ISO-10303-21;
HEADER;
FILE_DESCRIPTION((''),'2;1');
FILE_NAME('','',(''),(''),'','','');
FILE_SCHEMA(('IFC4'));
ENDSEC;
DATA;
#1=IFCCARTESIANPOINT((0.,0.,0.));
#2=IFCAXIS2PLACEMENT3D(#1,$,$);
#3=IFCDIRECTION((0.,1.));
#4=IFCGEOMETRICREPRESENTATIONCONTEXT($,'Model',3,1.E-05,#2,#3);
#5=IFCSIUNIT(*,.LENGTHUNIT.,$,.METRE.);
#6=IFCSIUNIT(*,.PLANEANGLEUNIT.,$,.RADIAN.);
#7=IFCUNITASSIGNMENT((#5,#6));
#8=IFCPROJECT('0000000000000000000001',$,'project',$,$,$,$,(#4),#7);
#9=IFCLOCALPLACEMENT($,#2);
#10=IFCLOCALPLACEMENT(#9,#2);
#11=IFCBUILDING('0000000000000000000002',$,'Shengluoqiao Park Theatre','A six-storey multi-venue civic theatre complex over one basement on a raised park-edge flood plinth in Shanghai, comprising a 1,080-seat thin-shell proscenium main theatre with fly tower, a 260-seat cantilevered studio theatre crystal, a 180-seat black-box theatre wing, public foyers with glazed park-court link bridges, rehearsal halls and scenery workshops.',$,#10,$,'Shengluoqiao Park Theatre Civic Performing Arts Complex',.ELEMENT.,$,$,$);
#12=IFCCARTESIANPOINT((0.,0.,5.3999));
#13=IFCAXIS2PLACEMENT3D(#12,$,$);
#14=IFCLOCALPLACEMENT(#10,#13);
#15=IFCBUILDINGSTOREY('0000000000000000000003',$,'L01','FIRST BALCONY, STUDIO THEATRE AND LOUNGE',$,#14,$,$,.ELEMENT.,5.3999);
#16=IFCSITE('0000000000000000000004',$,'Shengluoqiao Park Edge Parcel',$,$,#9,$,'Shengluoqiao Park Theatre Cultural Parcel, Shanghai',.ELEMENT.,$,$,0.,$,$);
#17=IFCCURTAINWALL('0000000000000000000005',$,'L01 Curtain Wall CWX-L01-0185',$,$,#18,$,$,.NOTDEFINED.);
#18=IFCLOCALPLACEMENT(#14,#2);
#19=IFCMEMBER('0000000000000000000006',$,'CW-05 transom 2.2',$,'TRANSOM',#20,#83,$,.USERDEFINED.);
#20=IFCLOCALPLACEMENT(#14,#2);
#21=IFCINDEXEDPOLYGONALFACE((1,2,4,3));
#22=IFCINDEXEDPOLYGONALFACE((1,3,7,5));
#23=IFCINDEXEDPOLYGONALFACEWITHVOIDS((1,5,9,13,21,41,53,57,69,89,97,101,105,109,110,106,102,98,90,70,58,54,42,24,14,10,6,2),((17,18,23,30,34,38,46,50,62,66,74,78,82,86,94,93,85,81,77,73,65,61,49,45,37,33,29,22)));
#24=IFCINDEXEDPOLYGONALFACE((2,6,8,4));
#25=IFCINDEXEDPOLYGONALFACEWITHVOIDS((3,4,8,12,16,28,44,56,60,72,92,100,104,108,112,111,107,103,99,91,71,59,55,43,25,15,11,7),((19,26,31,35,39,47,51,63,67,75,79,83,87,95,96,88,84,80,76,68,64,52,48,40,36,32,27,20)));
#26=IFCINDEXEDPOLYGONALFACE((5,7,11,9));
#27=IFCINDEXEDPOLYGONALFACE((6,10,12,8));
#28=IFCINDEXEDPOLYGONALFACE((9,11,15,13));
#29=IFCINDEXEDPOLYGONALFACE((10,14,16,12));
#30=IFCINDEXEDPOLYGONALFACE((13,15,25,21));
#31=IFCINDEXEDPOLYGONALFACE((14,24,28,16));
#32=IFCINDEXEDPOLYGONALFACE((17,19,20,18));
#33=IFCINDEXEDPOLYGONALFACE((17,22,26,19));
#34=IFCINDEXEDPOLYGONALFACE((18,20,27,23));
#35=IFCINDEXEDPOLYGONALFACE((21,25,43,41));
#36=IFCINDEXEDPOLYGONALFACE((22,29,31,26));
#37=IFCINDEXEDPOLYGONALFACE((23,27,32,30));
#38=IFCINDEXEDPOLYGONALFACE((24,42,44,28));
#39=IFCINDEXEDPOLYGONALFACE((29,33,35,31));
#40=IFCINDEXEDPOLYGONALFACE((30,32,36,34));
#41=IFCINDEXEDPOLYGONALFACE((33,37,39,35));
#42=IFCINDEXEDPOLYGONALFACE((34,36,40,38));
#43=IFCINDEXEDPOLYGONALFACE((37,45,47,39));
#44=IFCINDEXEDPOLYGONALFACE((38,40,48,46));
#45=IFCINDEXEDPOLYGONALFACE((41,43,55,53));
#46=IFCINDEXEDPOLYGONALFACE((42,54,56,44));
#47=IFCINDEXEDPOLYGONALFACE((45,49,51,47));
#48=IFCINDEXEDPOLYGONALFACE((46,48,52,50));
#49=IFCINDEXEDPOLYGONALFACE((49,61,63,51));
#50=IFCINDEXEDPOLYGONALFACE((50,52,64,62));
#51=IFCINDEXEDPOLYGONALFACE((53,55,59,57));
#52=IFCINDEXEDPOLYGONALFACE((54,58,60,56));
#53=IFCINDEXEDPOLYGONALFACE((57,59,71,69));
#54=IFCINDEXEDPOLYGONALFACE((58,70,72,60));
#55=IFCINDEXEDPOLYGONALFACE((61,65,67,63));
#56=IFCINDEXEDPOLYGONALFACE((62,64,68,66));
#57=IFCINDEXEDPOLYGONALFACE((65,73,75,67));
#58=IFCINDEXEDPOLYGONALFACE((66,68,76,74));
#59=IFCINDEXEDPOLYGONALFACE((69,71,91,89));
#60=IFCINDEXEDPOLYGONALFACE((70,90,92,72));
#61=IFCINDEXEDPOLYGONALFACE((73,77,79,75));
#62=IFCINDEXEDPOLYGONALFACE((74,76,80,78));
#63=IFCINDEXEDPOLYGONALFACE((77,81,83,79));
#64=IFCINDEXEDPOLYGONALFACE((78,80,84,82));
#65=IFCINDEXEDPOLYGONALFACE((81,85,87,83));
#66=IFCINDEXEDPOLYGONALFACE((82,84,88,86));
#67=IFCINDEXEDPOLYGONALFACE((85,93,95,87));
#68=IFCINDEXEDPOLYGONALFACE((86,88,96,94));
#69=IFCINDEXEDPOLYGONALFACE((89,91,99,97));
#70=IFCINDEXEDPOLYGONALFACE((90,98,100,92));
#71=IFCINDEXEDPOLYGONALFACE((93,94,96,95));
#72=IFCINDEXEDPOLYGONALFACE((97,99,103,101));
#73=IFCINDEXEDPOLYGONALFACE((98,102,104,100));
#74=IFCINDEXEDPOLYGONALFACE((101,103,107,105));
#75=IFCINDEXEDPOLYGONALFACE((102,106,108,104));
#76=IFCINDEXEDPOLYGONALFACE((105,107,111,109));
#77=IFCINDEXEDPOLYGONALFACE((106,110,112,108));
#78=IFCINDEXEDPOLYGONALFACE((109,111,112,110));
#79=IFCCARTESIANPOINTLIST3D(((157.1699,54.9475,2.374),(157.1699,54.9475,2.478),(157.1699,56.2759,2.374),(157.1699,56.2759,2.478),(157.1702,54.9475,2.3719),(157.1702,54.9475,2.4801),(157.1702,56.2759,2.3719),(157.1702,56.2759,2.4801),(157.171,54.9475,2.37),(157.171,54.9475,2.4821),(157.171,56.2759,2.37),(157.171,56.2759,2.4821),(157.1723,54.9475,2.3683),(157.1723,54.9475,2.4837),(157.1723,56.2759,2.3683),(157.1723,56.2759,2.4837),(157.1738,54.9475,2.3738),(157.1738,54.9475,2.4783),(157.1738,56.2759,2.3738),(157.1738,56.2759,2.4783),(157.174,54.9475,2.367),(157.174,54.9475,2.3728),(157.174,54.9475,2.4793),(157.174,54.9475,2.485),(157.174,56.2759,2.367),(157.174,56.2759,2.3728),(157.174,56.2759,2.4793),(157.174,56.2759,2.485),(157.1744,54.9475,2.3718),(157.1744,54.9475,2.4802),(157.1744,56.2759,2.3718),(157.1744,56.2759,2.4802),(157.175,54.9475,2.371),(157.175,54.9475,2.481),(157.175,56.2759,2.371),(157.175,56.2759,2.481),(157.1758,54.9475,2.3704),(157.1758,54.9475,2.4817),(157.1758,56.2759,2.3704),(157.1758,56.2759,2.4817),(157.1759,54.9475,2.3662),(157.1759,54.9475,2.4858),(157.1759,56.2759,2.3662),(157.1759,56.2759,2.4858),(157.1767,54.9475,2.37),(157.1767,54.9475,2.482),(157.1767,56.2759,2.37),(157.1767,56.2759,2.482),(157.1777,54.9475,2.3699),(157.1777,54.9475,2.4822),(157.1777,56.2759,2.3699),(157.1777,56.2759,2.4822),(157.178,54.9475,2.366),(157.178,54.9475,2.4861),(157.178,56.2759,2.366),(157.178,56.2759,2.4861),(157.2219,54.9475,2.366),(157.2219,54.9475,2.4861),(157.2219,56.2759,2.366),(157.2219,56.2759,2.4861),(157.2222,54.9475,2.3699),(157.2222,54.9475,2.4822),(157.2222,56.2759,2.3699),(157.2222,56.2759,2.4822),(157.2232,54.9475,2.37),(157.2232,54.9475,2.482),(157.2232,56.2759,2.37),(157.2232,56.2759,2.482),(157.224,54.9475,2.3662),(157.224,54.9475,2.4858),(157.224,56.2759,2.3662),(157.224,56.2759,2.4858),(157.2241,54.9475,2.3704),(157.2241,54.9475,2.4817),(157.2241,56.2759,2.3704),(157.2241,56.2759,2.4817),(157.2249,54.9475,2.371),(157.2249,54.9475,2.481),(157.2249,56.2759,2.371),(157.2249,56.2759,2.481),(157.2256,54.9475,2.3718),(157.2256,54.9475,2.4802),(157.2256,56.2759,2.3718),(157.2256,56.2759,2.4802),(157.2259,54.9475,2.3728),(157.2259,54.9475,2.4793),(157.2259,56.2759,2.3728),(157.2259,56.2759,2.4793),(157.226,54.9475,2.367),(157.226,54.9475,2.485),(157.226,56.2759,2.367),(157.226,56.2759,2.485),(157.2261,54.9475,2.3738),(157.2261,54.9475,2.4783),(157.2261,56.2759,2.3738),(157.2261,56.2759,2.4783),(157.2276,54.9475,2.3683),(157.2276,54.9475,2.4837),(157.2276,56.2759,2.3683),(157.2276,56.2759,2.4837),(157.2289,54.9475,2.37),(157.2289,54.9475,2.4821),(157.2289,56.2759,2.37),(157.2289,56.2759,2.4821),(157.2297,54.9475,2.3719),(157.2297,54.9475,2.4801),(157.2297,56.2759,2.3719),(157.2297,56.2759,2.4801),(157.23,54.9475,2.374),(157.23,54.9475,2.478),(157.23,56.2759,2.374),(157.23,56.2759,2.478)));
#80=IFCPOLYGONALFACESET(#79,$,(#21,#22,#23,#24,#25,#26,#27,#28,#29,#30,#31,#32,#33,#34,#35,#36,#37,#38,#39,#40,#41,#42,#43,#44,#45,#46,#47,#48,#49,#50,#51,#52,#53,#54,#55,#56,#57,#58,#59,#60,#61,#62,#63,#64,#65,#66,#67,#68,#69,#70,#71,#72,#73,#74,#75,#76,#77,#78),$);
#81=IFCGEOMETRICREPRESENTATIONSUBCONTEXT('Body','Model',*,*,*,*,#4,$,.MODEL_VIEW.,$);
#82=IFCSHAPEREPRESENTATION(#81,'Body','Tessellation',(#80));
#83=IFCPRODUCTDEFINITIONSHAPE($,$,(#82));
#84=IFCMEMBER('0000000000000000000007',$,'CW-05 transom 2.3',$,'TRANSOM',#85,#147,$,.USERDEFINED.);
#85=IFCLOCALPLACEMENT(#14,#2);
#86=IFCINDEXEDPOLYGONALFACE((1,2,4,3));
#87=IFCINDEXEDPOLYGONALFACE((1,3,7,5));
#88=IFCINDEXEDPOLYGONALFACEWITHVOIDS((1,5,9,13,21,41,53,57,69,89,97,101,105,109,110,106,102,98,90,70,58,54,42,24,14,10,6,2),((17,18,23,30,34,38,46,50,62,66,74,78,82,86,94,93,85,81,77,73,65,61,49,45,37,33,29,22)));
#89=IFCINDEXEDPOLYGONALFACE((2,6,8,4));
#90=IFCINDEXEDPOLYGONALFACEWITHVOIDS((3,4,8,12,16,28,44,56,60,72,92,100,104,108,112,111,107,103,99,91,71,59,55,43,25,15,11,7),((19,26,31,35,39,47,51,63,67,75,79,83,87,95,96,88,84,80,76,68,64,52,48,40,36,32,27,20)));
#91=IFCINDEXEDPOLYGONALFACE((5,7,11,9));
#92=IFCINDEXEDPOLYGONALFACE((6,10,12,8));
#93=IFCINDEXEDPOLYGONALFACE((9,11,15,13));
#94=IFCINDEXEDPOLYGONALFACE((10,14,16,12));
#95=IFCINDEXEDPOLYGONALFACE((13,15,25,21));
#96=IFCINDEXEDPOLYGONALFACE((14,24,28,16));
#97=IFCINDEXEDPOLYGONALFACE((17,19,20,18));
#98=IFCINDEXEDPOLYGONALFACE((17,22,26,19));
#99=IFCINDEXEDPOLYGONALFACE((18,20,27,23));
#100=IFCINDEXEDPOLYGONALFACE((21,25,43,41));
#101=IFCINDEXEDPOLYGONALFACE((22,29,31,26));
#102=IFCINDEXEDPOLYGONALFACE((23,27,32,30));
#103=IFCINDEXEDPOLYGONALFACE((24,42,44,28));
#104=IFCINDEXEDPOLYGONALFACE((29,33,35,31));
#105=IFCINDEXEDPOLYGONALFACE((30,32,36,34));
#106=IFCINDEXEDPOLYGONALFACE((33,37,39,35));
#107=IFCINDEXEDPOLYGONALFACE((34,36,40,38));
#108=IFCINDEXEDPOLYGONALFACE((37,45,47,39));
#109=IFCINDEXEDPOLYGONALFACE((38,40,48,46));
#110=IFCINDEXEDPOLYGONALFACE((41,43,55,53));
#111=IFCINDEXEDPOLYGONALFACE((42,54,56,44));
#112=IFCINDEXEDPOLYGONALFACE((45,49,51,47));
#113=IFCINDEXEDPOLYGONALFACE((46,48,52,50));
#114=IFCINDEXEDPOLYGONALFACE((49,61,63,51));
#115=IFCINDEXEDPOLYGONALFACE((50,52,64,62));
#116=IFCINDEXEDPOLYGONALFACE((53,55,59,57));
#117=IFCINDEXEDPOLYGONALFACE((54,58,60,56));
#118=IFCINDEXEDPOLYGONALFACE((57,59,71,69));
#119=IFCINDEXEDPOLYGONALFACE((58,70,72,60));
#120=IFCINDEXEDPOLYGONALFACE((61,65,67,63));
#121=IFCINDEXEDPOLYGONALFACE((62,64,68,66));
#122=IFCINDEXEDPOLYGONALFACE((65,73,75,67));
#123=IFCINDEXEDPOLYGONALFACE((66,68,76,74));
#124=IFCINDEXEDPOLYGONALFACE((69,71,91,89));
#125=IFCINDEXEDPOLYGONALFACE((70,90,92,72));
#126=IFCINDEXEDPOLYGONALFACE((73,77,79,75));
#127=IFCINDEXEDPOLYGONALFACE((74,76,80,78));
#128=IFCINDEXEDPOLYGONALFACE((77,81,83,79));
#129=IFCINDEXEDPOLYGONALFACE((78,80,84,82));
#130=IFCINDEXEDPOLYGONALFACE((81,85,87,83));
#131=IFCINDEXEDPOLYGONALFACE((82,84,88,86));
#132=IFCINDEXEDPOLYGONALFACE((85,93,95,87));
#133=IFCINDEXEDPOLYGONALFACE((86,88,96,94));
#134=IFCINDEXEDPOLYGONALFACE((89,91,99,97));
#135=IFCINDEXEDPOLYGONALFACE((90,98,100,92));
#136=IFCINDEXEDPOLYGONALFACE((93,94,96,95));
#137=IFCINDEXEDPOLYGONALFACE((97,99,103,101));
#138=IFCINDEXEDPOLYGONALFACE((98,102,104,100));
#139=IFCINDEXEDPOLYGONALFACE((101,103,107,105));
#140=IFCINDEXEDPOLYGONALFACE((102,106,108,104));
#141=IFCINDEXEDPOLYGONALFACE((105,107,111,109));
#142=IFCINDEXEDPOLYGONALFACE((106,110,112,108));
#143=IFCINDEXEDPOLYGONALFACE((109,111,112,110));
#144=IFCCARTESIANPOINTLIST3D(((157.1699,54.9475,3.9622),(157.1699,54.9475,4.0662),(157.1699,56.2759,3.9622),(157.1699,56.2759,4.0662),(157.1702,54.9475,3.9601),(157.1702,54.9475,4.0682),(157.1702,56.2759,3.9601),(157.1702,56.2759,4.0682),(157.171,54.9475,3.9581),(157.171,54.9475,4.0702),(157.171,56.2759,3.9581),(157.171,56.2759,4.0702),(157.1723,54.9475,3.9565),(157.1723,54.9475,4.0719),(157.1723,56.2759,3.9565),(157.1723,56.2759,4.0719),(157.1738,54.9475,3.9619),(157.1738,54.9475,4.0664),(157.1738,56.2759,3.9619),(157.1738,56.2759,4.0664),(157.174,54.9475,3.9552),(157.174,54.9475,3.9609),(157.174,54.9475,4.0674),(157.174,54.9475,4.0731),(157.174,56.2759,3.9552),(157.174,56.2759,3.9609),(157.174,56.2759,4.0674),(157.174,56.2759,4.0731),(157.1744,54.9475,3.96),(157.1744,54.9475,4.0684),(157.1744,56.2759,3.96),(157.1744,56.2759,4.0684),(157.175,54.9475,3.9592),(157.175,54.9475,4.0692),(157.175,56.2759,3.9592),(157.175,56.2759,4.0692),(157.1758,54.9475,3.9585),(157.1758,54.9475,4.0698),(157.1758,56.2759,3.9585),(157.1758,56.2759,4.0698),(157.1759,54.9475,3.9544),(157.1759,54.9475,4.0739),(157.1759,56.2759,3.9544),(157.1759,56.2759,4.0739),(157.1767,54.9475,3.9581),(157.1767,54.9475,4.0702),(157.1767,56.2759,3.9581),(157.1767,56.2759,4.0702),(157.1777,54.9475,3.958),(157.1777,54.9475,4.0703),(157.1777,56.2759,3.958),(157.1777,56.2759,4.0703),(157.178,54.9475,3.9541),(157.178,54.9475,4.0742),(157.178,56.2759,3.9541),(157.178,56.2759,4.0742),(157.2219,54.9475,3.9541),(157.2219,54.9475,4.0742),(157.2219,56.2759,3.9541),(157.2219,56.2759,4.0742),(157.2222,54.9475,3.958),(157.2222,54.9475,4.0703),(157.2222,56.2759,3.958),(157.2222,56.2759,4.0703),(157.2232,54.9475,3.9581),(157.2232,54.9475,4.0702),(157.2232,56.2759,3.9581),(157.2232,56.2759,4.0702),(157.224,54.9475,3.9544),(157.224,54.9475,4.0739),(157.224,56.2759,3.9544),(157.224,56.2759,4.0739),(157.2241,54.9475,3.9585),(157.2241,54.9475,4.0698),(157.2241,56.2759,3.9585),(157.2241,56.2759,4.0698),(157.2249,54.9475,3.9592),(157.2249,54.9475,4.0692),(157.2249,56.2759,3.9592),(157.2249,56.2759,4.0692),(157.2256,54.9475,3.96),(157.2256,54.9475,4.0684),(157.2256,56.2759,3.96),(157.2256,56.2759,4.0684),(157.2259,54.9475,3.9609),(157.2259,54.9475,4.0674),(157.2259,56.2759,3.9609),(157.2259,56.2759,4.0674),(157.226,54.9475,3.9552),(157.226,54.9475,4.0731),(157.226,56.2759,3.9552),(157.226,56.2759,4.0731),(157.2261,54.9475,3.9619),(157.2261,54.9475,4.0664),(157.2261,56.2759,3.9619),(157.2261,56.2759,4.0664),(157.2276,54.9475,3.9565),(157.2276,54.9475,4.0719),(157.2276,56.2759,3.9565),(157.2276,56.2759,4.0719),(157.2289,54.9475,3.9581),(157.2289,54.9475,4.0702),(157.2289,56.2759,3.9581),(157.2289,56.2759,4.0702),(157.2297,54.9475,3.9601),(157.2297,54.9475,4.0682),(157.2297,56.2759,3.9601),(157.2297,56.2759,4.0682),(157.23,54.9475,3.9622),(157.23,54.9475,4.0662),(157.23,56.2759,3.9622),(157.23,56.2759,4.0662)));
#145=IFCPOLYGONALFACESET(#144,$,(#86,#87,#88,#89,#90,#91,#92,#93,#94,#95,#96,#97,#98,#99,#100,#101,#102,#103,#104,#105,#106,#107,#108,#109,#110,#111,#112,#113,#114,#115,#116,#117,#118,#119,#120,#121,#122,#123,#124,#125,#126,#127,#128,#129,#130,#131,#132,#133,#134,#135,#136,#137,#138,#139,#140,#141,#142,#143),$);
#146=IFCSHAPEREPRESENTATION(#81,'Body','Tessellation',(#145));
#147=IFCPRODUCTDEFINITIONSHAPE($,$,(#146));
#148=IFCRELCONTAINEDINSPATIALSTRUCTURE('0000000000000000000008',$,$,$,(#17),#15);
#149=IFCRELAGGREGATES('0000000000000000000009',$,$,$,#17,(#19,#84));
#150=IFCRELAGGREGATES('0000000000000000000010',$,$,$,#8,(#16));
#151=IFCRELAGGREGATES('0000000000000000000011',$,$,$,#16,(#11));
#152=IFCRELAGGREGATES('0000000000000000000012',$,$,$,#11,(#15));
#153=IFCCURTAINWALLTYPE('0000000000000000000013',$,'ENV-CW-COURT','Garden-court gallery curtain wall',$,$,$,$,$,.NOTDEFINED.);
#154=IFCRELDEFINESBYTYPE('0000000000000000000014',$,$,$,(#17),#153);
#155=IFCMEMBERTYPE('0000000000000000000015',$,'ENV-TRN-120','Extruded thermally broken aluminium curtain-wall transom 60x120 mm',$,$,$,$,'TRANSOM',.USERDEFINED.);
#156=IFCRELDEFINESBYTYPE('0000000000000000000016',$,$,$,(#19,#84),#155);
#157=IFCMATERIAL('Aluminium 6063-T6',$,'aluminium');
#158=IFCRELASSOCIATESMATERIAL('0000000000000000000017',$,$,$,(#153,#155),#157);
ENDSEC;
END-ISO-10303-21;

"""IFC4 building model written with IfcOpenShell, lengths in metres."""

from ifc_helpers import new_model, si_unit, direction, frame, origin, origin_2d, place, context, subcontext, project, spatial, hollow_rectangle, extrude, material, material_profile, profile_set, type_object, element, aggregate, save


model = new_model("IFC4")

# Units and contexts
model_context = context("Model", 3, precision=1e-05, world=origin(), true_north=direction((0.0, 1.0)))
body_context = subcontext(model_context, "Body", "Model", "MODEL_VIEW")
ifc_project = project(units=[si_unit("LENGTHUNIT", "METRE"), si_unit("PLANEANGLEUNIT", "RADIAN")], contexts=[model_context])

# Site, building, storey
site_placement = place(None, origin())
site = spatial("IfcSite", under=ifc_project, at=site_placement, Name="Shengluoqiao Park Edge Parcel", LongName="Shengluoqiao Park Theatre Cultural Parcel, Shanghai", CompositionType="ELEMENT", RefElevation=0.0)
building_placement = place(site_placement, origin())
building = spatial("IfcBuilding", under=site, at=building_placement, Name="Shengluoqiao Park Theatre", Description="A six-storey multi-venue civic theatre complex over one basement on a raised park-edge flood plinth in Shanghai, comprising a 1,080-seat thin-shell proscenium main theatre with fly tower, a 260-seat cantilevered studio theatre crystal, a 180-seat black-box theatre wing, public foyers with glazed park-court link bridges, rehearsal halls and scenery workshops.", LongName="Shengluoqiao Park Theatre Civic Performing Arts Complex", CompositionType="ELEMENT")
storey_placement = place(building_placement, frame((0.0, 0.0, 5.3999)))
storey = spatial("IfcBuildingStorey", under=building, at=storey_placement, Name="L01", Description="FIRST BALCONY, STUDIO THEATRE AND LOUNGE", CompositionType="ELEMENT", Elevation=5.3999)

# Shared definitions
ifc_material_1 = material(Name="Aluminium 6063-T6", Category="aluminium")
curtain_wall_type = type_object("IfcCurtainWallType", Name="ENV-CW-COURT", Description="Garden-court gallery curtain wall", PredefinedType="NOTDEFINED", material=ifc_material_1)

# Curtain wall, members
curtain_wall_1_placement = place(storey_placement, origin())
curtain_wall_1 = element("IfcCurtainWall", 1, at=curtain_wall_1_placement, inside=storey, type_object=curtain_wall_type, Name="L01 Curtain Wall CWX-L01-0185", PredefinedType="NOTDEFINED")
ifc_material_profile_1 = material_profile(ifc_material_1, hollow_rectangle(XDim=0.0601, YDim=0.1201, WallThickness=0.0039, InnerFilletRadius=0.0039, OuterFilletRadius=0.0081, at=origin_2d()), Name="ALU TRANSOM 120x60x4")
ifc_profile_set_1 = profile_set([ifc_material_profile_1], Name="Aluminium 6063-T6")
member_type_1 = type_object("IfcMemberType", Name="ENV-TRN-120", Description="Extruded thermally broken aluminium curtain-wall transom 60x120 mm", ElementType="TRANSOM", PredefinedType="USERDEFINED", material=ifc_profile_set_1)
member_1_placement = place(storey_placement, frame((157.2, 54.9475, 2.426), z_axis=(0.0, 1.0, 0.0), x_axis=(-1.0, 0.0, 0.0)))
member_1 = element("IfcMember", 2, at=member_1_placement, type_object=member_type_1, Name="CW-05 transom 2.2", ObjectType="TRANSOM", PredefinedType="USERDEFINED", context=body_context, shape_type="SweptSolid", body=[
    extrude(hollow_rectangle(XDim=0.0601, YDim=0.1201, WallThickness=0.0039, InnerFilletRadius=0.0039, OuterFilletRadius=0.0081, at=origin_2d()), origin(), (0.0, 0.0, 1.0), 1.3284),
])
member_2_placement = place(storey_placement, frame((157.2, 54.9475, 4.0142), z_axis=(0.0, 1.0, 0.0), x_axis=(-1.0, 0.0, 0.0)))
member_2 = element("IfcMember", 3, at=member_2_placement, type_object=member_type_1, Name="CW-05 transom 2.3", ObjectType="TRANSOM", PredefinedType="USERDEFINED", context=body_context, shape_type="SweptSolid", body=[
    extrude(hollow_rectangle(XDim=0.0601, YDim=0.1201, WallThickness=0.0039, InnerFilletRadius=0.0039, OuterFilletRadius=0.0081, at=origin_2d()), origin(), (0.0, 0.0, 1.0), 1.3284),
])

aggregate(curtain_wall_1, [member_1, member_2])

save(model, "model.ifc")
